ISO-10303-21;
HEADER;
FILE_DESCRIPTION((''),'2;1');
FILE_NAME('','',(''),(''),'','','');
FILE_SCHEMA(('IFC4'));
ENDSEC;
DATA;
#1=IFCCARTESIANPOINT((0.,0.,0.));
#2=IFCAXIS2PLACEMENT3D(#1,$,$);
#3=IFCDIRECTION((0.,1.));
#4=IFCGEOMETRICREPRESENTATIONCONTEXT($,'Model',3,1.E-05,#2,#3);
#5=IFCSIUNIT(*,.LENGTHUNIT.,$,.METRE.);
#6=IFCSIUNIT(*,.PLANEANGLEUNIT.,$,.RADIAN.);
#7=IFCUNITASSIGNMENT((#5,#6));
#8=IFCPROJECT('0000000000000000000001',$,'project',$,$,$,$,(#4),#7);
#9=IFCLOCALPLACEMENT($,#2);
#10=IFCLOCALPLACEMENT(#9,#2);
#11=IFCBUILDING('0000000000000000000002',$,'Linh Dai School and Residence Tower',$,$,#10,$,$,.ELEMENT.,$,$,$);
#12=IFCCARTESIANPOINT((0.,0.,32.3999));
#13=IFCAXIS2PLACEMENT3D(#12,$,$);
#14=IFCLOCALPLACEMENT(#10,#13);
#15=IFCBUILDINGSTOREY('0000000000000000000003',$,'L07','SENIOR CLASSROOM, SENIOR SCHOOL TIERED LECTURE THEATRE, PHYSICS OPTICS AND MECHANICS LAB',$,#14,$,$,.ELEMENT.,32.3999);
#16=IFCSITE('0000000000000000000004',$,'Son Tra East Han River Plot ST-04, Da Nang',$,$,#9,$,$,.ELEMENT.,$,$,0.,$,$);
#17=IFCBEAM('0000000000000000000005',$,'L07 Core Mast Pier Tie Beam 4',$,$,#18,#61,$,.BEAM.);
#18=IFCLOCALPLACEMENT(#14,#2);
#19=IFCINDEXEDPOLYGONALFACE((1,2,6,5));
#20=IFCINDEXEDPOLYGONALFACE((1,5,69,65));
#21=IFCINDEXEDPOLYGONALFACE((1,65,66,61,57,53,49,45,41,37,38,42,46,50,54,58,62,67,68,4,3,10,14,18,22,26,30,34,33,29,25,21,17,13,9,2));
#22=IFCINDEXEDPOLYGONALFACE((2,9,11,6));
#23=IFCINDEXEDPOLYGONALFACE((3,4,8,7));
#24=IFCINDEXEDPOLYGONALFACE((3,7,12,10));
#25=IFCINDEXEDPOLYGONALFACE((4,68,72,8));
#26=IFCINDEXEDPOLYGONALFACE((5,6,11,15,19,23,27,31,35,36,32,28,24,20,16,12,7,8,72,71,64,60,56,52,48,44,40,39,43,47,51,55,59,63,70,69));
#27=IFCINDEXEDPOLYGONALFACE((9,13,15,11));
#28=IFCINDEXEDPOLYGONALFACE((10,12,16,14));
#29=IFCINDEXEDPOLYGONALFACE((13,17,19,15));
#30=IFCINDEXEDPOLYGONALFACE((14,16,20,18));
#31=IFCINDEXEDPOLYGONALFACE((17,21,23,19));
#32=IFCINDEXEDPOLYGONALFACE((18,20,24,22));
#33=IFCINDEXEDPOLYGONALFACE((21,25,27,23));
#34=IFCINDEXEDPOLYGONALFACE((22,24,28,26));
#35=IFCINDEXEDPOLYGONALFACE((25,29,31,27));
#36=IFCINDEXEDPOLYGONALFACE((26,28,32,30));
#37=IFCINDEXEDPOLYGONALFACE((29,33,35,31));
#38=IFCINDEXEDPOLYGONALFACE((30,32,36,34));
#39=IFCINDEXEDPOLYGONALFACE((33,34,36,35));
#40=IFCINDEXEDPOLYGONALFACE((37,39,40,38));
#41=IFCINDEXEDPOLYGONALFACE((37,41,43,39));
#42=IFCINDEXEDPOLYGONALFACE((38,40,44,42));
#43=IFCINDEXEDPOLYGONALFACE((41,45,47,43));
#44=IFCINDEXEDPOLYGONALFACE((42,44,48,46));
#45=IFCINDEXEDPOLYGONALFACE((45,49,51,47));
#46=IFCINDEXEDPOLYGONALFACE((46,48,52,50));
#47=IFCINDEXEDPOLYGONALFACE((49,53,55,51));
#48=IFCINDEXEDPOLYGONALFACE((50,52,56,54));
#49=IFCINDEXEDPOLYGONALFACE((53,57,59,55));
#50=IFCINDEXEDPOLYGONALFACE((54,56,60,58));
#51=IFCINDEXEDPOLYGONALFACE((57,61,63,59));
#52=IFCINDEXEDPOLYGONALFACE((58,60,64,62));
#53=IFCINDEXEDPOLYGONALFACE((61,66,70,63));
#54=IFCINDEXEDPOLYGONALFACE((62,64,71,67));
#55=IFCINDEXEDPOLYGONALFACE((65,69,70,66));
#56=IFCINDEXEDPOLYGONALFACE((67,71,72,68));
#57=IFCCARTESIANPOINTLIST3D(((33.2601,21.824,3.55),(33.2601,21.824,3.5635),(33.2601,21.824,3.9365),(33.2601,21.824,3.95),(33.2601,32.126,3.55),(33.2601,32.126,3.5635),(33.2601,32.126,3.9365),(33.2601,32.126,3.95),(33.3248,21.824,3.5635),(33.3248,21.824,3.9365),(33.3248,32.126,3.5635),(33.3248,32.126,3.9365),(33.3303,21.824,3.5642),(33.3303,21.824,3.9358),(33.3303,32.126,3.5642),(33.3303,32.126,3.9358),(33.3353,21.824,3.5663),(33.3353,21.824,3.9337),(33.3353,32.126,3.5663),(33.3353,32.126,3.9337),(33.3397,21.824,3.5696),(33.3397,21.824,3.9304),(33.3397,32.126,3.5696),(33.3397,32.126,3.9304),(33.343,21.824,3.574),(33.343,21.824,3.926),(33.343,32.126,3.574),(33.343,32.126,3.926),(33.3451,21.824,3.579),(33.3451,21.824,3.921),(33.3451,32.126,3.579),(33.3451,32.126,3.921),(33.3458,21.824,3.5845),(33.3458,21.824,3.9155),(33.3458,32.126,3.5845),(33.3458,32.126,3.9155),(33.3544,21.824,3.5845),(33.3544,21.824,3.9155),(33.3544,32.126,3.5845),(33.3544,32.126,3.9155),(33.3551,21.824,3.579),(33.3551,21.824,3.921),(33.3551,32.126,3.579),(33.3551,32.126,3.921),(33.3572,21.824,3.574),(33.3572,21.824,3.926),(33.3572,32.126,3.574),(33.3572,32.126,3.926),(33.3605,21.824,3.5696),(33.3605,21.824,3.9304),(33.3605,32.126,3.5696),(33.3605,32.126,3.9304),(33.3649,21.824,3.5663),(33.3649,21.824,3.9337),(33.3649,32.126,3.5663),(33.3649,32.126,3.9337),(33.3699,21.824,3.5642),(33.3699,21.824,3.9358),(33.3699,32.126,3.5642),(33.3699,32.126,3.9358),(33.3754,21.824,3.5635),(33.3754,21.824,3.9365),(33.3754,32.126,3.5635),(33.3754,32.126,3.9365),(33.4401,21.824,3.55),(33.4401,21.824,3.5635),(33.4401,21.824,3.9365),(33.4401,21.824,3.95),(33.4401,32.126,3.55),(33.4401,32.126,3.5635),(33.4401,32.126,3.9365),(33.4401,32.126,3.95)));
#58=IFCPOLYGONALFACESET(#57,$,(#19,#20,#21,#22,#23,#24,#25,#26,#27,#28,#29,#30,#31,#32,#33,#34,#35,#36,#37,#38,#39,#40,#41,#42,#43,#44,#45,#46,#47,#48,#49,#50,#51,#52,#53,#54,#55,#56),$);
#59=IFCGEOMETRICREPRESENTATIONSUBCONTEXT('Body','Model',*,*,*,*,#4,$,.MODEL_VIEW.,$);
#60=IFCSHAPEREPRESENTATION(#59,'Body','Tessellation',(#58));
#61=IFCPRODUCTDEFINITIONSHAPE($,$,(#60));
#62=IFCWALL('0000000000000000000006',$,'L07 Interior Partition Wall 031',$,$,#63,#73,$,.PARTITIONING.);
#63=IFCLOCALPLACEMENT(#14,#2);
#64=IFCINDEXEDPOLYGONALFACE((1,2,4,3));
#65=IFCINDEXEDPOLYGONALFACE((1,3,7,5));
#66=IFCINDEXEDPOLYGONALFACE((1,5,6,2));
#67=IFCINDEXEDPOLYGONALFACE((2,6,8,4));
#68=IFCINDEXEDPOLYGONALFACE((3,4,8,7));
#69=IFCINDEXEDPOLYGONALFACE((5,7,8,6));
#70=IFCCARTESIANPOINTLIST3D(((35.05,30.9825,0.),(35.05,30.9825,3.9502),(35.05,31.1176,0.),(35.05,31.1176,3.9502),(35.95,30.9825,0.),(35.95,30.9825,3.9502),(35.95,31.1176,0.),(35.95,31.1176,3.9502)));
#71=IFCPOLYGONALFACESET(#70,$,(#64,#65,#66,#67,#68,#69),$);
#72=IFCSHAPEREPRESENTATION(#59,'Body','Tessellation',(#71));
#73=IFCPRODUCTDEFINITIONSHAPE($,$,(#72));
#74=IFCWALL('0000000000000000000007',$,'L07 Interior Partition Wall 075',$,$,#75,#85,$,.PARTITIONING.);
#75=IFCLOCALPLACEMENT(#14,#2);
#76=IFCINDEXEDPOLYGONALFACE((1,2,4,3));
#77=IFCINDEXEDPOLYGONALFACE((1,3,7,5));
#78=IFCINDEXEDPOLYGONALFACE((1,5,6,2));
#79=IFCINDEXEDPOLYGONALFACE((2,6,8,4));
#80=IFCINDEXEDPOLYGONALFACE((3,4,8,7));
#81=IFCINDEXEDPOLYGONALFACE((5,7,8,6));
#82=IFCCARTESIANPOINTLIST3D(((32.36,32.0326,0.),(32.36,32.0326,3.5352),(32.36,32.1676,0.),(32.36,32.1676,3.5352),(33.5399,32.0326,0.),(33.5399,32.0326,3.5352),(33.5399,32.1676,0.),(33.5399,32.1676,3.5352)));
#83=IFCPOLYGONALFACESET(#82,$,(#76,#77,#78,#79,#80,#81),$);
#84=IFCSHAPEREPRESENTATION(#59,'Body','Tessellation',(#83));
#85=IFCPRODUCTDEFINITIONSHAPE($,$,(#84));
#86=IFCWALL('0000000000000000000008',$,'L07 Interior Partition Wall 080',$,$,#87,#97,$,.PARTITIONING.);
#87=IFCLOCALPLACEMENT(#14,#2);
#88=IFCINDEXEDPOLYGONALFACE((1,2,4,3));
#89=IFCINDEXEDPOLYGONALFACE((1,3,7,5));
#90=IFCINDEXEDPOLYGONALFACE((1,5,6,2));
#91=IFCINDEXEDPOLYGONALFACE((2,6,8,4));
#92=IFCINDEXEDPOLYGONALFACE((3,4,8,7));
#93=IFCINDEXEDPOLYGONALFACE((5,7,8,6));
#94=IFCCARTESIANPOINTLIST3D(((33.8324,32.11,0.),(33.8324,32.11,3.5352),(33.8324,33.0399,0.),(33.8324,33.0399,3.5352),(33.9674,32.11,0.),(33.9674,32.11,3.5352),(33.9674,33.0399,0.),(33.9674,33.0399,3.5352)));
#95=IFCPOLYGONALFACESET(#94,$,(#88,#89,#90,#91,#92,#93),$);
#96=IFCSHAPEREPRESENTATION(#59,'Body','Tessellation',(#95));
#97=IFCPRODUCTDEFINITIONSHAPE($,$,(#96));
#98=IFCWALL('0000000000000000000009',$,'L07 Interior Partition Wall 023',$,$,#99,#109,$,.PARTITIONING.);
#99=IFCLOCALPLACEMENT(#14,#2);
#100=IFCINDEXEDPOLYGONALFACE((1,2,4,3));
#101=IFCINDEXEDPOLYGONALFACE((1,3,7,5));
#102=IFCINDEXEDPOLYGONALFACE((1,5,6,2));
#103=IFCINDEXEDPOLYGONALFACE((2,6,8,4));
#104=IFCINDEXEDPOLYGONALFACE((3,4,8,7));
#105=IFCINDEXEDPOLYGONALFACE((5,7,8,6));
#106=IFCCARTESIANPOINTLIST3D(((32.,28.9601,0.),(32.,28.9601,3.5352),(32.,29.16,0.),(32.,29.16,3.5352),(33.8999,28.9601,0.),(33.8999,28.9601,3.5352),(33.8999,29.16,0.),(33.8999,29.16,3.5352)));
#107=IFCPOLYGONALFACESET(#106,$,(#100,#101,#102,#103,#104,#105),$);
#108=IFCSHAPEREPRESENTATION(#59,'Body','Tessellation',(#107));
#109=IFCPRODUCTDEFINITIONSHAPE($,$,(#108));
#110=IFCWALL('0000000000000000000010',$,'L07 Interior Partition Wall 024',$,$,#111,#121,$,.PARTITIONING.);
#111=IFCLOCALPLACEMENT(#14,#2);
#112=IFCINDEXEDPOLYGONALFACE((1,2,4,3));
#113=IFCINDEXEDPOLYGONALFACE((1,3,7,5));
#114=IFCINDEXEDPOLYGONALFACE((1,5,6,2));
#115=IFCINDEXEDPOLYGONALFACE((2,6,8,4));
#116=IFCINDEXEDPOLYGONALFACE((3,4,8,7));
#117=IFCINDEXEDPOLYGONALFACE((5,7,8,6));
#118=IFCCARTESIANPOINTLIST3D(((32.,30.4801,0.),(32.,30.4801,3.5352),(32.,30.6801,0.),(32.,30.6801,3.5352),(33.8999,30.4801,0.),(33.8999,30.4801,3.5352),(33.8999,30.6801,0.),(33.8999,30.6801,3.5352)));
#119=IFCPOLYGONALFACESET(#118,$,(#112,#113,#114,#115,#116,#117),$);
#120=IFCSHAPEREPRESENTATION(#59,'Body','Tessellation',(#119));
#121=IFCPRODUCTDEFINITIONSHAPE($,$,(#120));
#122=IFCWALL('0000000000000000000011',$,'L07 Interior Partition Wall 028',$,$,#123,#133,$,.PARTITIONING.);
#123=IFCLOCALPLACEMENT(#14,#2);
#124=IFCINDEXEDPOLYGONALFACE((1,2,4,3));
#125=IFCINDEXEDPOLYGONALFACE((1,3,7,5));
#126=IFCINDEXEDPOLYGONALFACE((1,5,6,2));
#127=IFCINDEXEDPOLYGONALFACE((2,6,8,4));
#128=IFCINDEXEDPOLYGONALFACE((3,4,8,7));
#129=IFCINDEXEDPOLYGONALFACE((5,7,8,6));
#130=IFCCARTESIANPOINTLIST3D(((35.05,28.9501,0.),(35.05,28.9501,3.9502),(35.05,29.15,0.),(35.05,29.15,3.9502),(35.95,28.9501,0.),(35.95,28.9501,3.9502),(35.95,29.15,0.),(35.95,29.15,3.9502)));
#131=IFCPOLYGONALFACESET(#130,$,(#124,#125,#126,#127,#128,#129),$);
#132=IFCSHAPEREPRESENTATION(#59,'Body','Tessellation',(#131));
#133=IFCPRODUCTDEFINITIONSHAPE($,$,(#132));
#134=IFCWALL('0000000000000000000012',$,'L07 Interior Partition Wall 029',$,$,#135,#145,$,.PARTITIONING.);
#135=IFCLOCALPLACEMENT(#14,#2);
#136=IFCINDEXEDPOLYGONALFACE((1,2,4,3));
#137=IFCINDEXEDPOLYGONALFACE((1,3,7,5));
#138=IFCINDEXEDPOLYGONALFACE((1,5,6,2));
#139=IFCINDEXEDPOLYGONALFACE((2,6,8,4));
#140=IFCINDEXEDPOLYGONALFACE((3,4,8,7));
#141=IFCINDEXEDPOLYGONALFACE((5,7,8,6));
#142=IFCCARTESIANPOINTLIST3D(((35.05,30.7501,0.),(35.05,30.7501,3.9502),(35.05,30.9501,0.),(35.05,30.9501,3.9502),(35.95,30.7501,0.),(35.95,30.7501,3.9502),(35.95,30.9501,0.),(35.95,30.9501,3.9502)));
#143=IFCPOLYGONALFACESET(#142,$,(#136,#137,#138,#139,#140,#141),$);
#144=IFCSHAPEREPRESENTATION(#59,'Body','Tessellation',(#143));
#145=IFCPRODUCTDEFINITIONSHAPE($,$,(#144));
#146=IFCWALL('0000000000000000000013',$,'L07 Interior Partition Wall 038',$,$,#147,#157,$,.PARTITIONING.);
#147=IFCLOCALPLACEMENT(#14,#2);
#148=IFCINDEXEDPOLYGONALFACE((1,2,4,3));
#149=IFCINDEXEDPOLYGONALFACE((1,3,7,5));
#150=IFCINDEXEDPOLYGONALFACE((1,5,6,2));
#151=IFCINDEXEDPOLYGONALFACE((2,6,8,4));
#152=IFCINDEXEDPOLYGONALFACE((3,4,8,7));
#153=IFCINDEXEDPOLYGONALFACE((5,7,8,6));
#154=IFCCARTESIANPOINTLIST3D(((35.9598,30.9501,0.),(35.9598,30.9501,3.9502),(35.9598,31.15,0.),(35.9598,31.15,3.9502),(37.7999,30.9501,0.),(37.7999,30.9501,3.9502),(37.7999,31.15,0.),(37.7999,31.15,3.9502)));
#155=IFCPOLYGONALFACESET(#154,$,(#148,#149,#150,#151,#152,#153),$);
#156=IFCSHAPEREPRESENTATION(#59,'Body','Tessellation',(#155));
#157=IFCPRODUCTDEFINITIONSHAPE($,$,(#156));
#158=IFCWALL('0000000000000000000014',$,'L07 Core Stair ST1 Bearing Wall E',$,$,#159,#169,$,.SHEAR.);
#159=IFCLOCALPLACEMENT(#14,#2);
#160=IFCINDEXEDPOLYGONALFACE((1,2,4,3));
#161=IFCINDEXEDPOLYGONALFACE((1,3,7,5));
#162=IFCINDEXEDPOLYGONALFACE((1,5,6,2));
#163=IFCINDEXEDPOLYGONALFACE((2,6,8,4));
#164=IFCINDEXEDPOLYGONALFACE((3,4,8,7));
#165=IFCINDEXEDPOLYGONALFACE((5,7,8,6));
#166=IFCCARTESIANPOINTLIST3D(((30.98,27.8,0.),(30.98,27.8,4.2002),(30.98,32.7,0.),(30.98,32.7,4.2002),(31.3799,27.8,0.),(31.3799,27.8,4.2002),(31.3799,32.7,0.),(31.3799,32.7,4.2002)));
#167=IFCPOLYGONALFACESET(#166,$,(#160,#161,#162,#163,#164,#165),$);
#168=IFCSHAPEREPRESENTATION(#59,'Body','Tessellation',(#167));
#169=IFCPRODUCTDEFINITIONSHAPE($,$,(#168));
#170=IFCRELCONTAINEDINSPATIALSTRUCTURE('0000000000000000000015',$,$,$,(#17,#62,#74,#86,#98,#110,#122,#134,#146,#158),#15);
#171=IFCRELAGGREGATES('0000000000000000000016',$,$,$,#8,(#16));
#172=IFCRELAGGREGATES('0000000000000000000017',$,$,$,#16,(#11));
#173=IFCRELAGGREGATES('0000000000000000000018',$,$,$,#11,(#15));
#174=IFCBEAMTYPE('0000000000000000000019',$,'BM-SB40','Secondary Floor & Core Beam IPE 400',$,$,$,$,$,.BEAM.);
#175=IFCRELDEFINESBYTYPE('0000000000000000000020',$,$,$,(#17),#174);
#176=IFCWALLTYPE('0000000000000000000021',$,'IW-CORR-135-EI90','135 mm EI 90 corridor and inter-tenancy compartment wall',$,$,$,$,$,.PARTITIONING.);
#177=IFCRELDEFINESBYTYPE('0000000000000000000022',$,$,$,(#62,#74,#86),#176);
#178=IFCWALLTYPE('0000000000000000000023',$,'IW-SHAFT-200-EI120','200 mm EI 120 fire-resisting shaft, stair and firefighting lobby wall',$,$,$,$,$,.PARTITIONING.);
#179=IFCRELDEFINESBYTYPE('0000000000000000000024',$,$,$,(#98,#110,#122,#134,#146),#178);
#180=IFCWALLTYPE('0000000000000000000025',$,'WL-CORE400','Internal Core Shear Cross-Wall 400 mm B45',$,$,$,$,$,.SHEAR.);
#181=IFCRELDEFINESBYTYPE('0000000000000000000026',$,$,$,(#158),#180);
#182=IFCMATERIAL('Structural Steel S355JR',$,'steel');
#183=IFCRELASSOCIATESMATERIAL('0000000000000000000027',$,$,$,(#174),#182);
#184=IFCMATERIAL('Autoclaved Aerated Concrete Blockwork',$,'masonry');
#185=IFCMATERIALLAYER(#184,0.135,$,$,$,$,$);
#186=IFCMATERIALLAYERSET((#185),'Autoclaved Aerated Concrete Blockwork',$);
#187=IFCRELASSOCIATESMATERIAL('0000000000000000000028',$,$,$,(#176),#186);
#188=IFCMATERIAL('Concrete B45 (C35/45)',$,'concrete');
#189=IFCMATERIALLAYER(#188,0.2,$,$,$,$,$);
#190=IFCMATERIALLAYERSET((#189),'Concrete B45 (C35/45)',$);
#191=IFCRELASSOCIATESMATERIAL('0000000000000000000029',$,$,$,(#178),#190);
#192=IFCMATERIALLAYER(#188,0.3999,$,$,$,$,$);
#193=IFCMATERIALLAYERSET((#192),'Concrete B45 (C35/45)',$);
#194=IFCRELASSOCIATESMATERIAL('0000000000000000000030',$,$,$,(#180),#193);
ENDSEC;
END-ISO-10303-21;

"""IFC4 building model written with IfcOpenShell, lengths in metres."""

from ifc_helpers import new_model, si_unit, direction, frame, frame_2d, origin, origin_2d, place, context, subcontext, project, spatial, rectangle, i_section, extrude, material, layer, layer_set, material_profile, profile_set, type_object, element, save


model = new_model("IFC4")

# Units and contexts
model_context = context("Model", 3, precision=1e-05, world=origin(), true_north=direction((0.0, 1.0)))
body_context = subcontext(model_context, "Body", "Model", "MODEL_VIEW")
ifc_project = project(units=[si_unit("LENGTHUNIT", "METRE"), si_unit("PLANEANGLEUNIT", "RADIAN")], contexts=[model_context])

# Site, building, storey
site_placement = place(None, origin())
site = spatial("IfcSite", under=ifc_project, at=site_placement, Name="Son Tra East Han River Plot ST-04, Da Nang", CompositionType="ELEMENT", RefElevation=0.0)
building_placement = place(site_placement, origin())
building = spatial("IfcBuilding", under=site, at=building_placement, Name="Linh Dai School and Residence Tower", CompositionType="ELEMENT")
storey_placement = place(building_placement, frame((0.0, 0.0, 32.3999)))
storey = spatial("IfcBuildingStorey", under=building, at=storey_placement, Name="L07", Description="SENIOR CLASSROOM, SENIOR SCHOOL TIERED LECTURE THEATRE, PHYSICS OPTICS AND MECHANICS LAB", CompositionType="ELEMENT", Elevation=32.3999)

# Shared definitions
ifc_material_1 = material(Name="Structural Steel S355JR", Category="steel")

# Beam
ifc_material_profile_1 = material_profile(ifc_material_1, i_section(OverallWidth=0.1799, OverallDepth=0.3999, WebThickness=0.0085, FlangeThickness=0.0134, FilletRadius=0.021, at=origin_2d()), Name="IPE 400")
ifc_profile_set_1 = profile_set([ifc_material_profile_1], Name="Structural Steel S355JR")
beam_type_1 = type_object("IfcBeamType", Name="BM-SB40", Description="Secondary Floor & Core Beam IPE 400", PredefinedType="BEAM", material=ifc_profile_set_1)
beam_1_placement = place(storey_placement, frame((33.3501, 32.126, 3.75), z_axis=(0.0, -1.0, 0.0), x_axis=(1.0, 0.0, 0.0)))
element("IfcBeam", 1, at=beam_1_placement, inside=storey, type_object=beam_type_1, Name="L07 Core Mast Pier Tie Beam 4", PredefinedType="BEAM", context=body_context, shape_type="SweptSolid", body=[
    extrude(i_section(OverallWidth=0.1799, OverallDepth=0.3999, WebThickness=0.0085, FlangeThickness=0.0134, FilletRadius=0.021, at=origin_2d()), origin(), (0.0, 0.0, 1.0), 10.302),
])

# Shared definitions
ifc_material_2 = material(Name="Autoclaved Aerated Concrete Blockwork", Category="masonry")
ifc_layer_1 = layer(ifc_material_2, 0.135)
ifc_layer_set_1 = layer_set([ifc_layer_1], Name="Autoclaved Aerated Concrete Blockwork")
wall_type_1 = type_object("IfcWallType", Name="IW-CORR-135-EI90", Description="135 mm EI 90 corridor and inter-tenancy compartment wall", PredefinedType="PARTITIONING", material=ifc_layer_set_1)

# Walls
wall_1_placement = place(storey_placement, frame((35.05, 31.05, 0.0), z_axis=(0.0, 0.0, 1.0), x_axis=(1.0, 0.0, 0.0)))
element("IfcWall", 2, at=wall_1_placement, inside=storey, type_object=wall_type_1, Name="L07 Interior Partition Wall 031", PredefinedType="PARTITIONING", context=body_context, shape_type="SweptSolid", body=[
    extrude(rectangle(XDim=0.8999, YDim=0.135, at=frame_2d((0.45, 0.0))), origin(), (0.0, 0.0, 1.0), 3.9502),
])
wall_2_placement = place(storey_placement, frame((32.3601, 32.1001, 0.0), z_axis=(0.0, 0.0, 1.0), x_axis=(1.0, 0.0, 0.0)))
element("IfcWall", 3, at=wall_2_placement, inside=storey, type_object=wall_type_1, Name="L07 Interior Partition Wall 075", PredefinedType="PARTITIONING", context=body_context, shape_type="SweptSolid", body=[
    extrude(rectangle(XDim=1.1799, YDim=0.135, at=frame_2d((0.5898, 0.0))), origin(), (0.0, 0.0, 1.0), 3.5352),
])
wall_3_placement = place(storey_placement, frame((33.8999, 32.1101, 0.0), z_axis=(0.0, 0.0, 1.0), x_axis=(0.0, 1.0, 0.0)))
element("IfcWall", 4, at=wall_3_placement, inside=storey, type_object=wall_type_1, Name="L07 Interior Partition Wall 080", PredefinedType="PARTITIONING", context=body_context, shape_type="SweptSolid", body=[
    extrude(rectangle(XDim=0.9299, YDim=0.135, at=frame_2d((0.4648, 0.0))), origin(), (0.0, 0.0, 1.0), 3.5352),
])

# Shared definitions
ifc_material_3 = material(Name="Concrete B45 (C35/45)", Category="concrete")
ifc_layer_2 = layer(ifc_material_3, 0.2)
ifc_layer_set_2 = layer_set([ifc_layer_2], Name="Concrete B45 (C35/45)")
wall_type_2 = type_object("IfcWallType", Name="IW-SHAFT-200-EI120", Description="200 mm EI 120 fire-resisting shaft, stair and firefighting lobby wall", PredefinedType="PARTITIONING", material=ifc_layer_set_2)

# Walls
for number, where, z_axis, x_axis, name in (
    (5, (32.0, 29.0601, 0.0), (0.0, 0.0, 1.0), (1.0, 0.0, 0.0), "L07 Interior Partition Wall 023"),
    (6, (32.0, 30.5801, 0.0), (0.0, 0.0, 1.0), (1.0, 0.0, 0.0), "L07 Interior Partition Wall 024"),
):
    element("IfcWall", number, at=place(storey_placement, frame(where, z_axis=z_axis, x_axis=x_axis)), inside=storey, type_object=wall_type_2, Name=name, PredefinedType="PARTITIONING", context=body_context, shape_type="SweptSolid", body=[
        extrude(rectangle(XDim=1.8999, YDim=0.2, at=frame_2d((0.95, 0.0))), origin(), (0.0, 0.0, 1.0), 3.5352),
    ])
for number, where, z_axis, x_axis, name in (
    (7, (35.05, 29.05, 0.0), (0.0, 0.0, 1.0), (1.0, 0.0, 0.0), "L07 Interior Partition Wall 028"),
    (8, (35.05, 30.8501, 0.0), (0.0, 0.0, 1.0), (1.0, 0.0, 0.0), "L07 Interior Partition Wall 029"),
):
    element("IfcWall", number, at=place(storey_placement, frame(where, z_axis=z_axis, x_axis=x_axis)), inside=storey, type_object=wall_type_2, Name=name, PredefinedType="PARTITIONING", context=body_context, shape_type="SweptSolid", body=[
        extrude(rectangle(XDim=0.8999, YDim=0.2, at=frame_2d((0.45, 0.0))), origin(), (0.0, 0.0, 1.0), 3.9502),
    ])

# Walls
wall_4_placement = place(storey_placement, frame((35.96, 31.05, 0.0), z_axis=(0.0, 0.0, 1.0), x_axis=(1.0, 0.0, 0.0)))
element("IfcWall", 9, at=wall_4_placement, inside=storey, type_object=wall_type_2, Name="L07 Interior Partition Wall 038", PredefinedType="PARTITIONING", context=body_context, shape_type="SweptSolid", body=[
    extrude(rectangle(XDim=1.8401, YDim=0.2, at=frame_2d((0.9199, 0.0))), origin(), (0.0, 0.0, 1.0), 3.9502),
])
ifc_layer_3 = layer(ifc_material_3, 0.3999)
ifc_layer_set_3 = layer_set([ifc_layer_3], Name="Concrete B45 (C35/45)")
wall_type_3 = type_object("IfcWallType", Name="WL-CORE400", Description="Internal Core Shear Cross-Wall 400 mm B45", PredefinedType="SHEAR", material=ifc_layer_set_3)
wall_5_placement = place(storey_placement, frame((31.1799, 27.8, 0.0), z_axis=(0.0, 0.0, 1.0), x_axis=(0.0, 1.0, 0.0)))
element("IfcWall", 10, at=wall_5_placement, inside=storey, type_object=wall_type_3, Name="L07 Core Stair ST1 Bearing Wall E", PredefinedType="SHEAR", context=body_context, shape_type="SweptSolid", body=[
    extrude(rectangle(XDim=4.8999, YDim=0.3999, at=frame_2d((2.45, 0.0))), origin(), (0.0, 0.0, 1.0), 4.2002),
])

save(model, "model.ifc")
